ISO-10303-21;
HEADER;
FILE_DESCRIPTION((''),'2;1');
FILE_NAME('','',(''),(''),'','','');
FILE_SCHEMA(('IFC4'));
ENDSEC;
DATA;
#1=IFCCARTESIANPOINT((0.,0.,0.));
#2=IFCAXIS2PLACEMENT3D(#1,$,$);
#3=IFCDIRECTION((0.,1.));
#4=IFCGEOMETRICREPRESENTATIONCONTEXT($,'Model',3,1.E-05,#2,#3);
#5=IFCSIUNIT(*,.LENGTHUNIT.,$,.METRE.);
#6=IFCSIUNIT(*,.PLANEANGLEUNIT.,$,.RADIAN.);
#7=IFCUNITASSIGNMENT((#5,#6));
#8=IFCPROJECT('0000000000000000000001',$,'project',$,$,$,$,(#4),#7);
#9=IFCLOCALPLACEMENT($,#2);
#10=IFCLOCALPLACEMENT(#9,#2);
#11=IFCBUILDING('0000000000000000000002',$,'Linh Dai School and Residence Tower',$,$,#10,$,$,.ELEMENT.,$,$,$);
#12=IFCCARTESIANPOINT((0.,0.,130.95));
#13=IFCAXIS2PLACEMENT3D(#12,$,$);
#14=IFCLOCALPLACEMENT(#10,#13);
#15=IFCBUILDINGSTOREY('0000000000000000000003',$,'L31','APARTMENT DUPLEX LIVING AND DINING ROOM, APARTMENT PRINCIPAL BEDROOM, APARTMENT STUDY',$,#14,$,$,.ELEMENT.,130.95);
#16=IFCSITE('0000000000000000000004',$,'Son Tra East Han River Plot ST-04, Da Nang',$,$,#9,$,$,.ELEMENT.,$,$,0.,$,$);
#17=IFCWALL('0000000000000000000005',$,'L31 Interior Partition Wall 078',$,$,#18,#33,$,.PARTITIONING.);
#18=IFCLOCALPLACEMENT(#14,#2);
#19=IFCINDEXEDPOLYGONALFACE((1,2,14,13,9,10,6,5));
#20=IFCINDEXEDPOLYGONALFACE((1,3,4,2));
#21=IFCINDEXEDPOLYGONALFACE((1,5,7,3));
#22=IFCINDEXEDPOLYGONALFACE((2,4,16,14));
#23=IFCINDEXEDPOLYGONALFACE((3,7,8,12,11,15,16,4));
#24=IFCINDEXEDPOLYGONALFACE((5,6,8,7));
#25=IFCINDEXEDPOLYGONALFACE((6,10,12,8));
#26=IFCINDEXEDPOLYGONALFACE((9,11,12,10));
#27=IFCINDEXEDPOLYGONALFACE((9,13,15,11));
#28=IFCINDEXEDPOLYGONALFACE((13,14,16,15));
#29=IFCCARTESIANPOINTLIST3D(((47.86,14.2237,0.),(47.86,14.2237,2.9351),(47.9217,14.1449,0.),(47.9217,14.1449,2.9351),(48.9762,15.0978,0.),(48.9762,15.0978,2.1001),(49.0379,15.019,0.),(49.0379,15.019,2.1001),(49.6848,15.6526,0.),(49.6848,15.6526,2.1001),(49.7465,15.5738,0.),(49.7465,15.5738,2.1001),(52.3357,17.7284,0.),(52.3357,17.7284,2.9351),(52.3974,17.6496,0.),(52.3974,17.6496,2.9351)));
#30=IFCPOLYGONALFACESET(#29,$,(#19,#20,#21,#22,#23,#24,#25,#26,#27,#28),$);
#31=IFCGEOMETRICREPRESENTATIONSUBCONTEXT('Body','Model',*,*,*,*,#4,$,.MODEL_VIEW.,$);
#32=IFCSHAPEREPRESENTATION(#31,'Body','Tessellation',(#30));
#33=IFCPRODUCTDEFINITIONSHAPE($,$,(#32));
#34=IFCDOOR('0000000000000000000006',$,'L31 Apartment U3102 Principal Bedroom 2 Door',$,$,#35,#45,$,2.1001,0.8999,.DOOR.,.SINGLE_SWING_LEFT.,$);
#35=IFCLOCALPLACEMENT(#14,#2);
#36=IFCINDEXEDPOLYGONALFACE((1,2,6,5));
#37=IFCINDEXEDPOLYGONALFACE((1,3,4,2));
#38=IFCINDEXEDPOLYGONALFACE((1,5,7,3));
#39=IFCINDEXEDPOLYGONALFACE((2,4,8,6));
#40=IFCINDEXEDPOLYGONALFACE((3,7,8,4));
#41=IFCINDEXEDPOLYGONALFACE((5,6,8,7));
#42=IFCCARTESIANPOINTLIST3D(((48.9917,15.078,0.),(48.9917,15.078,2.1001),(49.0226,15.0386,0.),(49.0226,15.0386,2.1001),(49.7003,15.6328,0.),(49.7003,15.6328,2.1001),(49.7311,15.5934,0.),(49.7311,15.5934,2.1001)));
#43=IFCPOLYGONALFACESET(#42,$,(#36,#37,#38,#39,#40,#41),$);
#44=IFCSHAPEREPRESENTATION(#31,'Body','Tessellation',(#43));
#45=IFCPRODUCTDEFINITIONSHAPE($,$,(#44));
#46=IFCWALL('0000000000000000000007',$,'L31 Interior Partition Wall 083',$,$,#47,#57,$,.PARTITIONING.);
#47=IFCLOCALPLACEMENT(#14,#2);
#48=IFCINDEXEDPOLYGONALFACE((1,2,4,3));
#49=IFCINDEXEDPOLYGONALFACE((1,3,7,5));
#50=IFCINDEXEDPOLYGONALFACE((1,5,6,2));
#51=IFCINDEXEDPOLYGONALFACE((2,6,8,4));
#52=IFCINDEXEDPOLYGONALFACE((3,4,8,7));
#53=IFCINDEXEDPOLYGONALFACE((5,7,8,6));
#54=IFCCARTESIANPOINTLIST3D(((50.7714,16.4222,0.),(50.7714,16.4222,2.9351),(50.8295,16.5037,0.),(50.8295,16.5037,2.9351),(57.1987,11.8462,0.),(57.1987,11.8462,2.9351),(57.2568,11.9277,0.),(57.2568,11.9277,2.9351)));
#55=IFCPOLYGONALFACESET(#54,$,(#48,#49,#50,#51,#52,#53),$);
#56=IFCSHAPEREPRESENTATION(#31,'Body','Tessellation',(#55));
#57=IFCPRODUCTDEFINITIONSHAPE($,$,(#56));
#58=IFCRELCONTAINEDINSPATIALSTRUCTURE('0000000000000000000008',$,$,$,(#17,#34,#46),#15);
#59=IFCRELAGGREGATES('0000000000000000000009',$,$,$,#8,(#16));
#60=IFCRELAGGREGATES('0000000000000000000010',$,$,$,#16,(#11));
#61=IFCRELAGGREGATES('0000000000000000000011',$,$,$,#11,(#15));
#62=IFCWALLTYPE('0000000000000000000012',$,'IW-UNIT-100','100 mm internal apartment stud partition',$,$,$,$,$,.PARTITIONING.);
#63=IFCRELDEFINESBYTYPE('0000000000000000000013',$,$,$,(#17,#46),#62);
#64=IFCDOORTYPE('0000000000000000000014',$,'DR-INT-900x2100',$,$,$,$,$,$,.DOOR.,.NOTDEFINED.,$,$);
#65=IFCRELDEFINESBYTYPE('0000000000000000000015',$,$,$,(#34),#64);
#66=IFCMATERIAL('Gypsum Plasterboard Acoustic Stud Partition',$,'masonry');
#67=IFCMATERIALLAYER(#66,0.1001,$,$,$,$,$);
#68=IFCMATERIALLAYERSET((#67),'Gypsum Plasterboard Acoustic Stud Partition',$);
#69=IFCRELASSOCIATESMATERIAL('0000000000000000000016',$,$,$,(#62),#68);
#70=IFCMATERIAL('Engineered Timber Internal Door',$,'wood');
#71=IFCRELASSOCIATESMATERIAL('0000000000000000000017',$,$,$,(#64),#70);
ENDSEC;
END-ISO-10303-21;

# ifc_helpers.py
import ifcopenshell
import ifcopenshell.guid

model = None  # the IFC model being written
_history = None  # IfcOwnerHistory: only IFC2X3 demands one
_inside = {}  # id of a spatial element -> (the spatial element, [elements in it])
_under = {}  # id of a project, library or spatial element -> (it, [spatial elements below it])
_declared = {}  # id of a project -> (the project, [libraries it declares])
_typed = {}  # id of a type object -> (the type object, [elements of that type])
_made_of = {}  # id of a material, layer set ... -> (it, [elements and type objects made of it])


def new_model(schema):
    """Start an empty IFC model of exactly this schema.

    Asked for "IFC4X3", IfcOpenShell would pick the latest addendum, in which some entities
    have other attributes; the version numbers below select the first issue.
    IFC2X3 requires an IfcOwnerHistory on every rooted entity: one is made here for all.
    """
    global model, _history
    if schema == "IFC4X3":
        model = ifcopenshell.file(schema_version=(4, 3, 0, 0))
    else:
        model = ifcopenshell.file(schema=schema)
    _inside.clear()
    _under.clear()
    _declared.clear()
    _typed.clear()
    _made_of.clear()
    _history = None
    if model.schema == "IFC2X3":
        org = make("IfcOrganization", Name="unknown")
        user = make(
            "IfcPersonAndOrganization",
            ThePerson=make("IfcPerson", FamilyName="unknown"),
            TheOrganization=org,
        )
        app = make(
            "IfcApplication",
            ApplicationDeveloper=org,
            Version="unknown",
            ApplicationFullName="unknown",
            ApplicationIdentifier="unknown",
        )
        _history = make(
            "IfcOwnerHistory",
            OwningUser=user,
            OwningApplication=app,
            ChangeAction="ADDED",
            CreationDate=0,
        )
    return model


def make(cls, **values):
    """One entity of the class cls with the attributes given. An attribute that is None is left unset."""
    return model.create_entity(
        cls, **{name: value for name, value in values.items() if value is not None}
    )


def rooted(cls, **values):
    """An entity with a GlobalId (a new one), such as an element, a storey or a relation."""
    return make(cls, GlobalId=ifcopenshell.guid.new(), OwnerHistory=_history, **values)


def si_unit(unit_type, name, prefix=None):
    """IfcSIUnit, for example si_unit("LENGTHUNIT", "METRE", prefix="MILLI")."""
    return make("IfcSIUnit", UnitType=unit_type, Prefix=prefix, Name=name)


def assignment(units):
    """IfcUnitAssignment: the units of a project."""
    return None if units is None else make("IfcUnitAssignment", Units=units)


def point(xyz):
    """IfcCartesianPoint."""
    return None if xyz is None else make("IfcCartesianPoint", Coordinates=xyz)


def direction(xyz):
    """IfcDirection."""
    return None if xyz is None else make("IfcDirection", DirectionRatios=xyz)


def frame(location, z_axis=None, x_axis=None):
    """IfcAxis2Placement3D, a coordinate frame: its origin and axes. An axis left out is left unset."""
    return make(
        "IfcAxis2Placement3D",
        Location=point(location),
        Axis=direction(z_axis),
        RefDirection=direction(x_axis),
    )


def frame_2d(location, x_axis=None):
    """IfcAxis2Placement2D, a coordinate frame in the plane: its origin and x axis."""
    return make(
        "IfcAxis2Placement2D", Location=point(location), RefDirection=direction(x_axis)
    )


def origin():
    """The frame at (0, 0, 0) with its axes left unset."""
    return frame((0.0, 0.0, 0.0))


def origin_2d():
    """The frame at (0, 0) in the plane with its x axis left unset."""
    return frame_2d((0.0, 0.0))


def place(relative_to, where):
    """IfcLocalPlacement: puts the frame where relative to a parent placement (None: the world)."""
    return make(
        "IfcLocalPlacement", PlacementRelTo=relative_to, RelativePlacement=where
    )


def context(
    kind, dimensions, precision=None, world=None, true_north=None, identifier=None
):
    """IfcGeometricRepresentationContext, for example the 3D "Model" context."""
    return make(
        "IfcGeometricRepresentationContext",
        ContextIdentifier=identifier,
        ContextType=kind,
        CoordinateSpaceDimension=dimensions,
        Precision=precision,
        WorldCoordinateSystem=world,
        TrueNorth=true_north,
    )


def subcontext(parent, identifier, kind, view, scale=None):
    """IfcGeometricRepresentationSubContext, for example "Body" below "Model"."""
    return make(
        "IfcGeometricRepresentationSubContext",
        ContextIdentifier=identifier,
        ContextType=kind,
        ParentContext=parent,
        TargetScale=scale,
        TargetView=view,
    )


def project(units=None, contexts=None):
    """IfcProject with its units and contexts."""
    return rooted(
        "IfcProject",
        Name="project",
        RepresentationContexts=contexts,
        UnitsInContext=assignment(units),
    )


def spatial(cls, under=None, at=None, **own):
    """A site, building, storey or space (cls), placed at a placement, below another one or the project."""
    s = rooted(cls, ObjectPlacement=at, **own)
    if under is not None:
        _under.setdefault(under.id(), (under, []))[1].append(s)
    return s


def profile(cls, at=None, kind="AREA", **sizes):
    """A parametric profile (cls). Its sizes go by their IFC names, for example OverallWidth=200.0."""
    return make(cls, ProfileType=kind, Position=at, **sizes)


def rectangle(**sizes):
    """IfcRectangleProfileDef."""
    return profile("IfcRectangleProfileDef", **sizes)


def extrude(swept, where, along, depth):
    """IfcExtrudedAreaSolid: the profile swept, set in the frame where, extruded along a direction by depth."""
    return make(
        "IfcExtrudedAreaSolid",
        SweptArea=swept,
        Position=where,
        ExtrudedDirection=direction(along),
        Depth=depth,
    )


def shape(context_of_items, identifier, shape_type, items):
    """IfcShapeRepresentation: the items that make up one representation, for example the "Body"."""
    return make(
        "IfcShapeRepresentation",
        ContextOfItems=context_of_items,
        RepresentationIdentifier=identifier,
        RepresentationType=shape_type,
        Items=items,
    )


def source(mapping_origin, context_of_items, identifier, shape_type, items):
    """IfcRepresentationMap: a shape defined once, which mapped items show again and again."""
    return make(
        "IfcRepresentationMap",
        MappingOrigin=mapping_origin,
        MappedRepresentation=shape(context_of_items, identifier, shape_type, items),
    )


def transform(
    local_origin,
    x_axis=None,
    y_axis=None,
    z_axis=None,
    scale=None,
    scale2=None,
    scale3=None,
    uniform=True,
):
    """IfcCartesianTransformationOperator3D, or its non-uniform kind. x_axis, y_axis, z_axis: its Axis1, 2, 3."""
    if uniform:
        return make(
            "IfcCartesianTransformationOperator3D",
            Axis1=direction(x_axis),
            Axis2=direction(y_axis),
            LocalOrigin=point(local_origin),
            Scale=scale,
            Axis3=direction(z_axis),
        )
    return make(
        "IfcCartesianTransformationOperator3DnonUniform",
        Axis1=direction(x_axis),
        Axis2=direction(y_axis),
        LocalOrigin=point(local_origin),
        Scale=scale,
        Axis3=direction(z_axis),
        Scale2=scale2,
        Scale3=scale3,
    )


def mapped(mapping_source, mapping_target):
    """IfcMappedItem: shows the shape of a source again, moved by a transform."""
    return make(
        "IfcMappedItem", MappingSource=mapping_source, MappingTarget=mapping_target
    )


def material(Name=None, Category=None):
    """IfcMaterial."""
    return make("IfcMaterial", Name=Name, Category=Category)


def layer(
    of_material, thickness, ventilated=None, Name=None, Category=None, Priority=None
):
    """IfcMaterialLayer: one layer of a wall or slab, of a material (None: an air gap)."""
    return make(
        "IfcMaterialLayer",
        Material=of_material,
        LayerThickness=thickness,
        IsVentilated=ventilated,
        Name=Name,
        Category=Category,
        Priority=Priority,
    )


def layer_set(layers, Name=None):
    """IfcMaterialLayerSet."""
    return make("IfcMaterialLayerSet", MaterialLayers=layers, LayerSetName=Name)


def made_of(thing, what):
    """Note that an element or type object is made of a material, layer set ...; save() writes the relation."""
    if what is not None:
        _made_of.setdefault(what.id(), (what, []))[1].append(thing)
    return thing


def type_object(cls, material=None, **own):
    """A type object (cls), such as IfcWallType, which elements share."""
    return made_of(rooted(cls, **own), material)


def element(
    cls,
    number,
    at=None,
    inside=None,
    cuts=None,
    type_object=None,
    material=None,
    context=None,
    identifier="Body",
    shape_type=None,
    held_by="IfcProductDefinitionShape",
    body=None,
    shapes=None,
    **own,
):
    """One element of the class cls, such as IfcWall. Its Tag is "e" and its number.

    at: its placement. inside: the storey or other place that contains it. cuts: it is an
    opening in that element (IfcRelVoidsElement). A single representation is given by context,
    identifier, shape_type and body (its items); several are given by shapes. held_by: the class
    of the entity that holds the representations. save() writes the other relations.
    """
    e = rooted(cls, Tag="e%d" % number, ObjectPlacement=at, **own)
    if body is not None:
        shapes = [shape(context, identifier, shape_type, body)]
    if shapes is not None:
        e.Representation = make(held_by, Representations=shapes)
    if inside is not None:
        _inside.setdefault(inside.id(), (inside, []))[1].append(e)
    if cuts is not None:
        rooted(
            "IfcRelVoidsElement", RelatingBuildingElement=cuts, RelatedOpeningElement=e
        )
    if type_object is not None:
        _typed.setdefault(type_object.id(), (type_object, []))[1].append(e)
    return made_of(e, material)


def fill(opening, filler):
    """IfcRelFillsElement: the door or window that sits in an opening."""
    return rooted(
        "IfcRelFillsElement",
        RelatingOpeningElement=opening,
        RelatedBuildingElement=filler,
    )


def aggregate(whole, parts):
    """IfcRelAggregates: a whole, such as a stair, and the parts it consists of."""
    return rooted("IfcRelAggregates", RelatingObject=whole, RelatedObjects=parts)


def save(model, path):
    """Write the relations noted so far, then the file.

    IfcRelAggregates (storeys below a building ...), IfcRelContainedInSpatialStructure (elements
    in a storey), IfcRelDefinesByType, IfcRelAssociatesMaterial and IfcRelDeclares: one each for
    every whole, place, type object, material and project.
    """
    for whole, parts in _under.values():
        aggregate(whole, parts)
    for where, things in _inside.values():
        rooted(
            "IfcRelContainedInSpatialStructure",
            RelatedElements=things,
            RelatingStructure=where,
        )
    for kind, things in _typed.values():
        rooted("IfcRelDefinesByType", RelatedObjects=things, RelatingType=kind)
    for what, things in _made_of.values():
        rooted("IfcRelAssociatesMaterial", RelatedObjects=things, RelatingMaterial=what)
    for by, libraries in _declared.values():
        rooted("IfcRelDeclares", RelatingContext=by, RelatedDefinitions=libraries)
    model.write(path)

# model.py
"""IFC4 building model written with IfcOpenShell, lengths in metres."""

from ifc_helpers import new_model, si_unit, direction, frame, frame_2d, origin, origin_2d, place, context, subcontext, project, spatial, rectangle, extrude, source, transform, mapped, material, layer, layer_set, type_object, element, fill, save


model = new_model("IFC4")

# Units and contexts
model_context = context("Model", 3, precision=1e-05, world=origin(), true_north=direction((0.0, 1.0)))
body_context = subcontext(model_context, "Body", "Model", "MODEL_VIEW")
ifc_project = project(units=[si_unit("LENGTHUNIT", "METRE"), si_unit("PLANEANGLEUNIT", "RADIAN")], contexts=[model_context])

# Site, building, storey
site_placement = place(None, origin())
site = spatial("IfcSite", under=ifc_project, at=site_placement, Name="Son Tra East Han River Plot ST-04, Da Nang", CompositionType="ELEMENT", RefElevation=0.0)
building_placement = place(site_placement, origin())
building = spatial("IfcBuilding", under=site, at=building_placement, Name="Linh Dai School and Residence Tower", CompositionType="ELEMENT")
storey_placement = place(building_placement, frame((0.0, 0.0, 130.95)))
storey = spatial("IfcBuildingStorey", under=building, at=storey_placement, Name="L31", Description="APARTMENT DUPLEX LIVING AND DINING ROOM, APARTMENT PRINCIPAL BEDROOM, APARTMENT STUDY", CompositionType="ELEMENT", Elevation=130.95)

# Shared definitions
ifc_material_1 = material(Name="Gypsum Plasterboard Acoustic Stud Partition", Category="masonry")
ifc_layer_1 = layer(ifc_material_1, 0.1001)
ifc_layer_set_1 = layer_set([ifc_layer_1], Name="Gypsum Plasterboard Acoustic Stud Partition")
wall_type_1 = type_object("IfcWallType", Name="IW-UNIT-100", Description="100 mm internal apartment stud partition", PredefinedType="PARTITIONING", material=ifc_layer_set_1)

# Wall, opening, door
wall_1_placement = place(storey_placement, frame((47.8909, 14.1843, 0.0), z_axis=(0.0, 0.0, 1.0), x_axis=(0.787334, 0.616527, 0.0)))
wall_1 = element("IfcWall", 1, at=wall_1_placement, inside=storey, type_object=wall_type_1, Name="L31 Interior Partition Wall 078", PredefinedType="PARTITIONING", context=body_context, shape_type="SweptSolid", body=[
    extrude(rectangle(XDim=5.6846, YDim=0.1001, at=frame_2d((2.8423, 0.0))), origin(), (0.0, 0.0, 1.0), 2.9351),
])
opening_1_placement = place(wall_1_placement, frame((1.4177, 0.0, 0.0)))
opening_1 = element("IfcOpeningElement", 2, at=opening_1_placement, cuts=wall_1, PredefinedType="OPENING", context=body_context, shape_type="SweptSolid", body=[
    extrude(rectangle(XDim=0.8999, YDim=2.1001, at=origin_2d()), frame((0.45, 0.0601, 1.05), z_axis=(0.0, -1.0, 0.0), x_axis=(1.0, 0.0, 0.0)), (0.0, 0.0, 1.0), 0.1201),
])
ifc_material_2 = material(Name="Engineered Timber Internal Door", Category="wood")
door_type_1 = type_object("IfcDoorType", Name="DR-INT-900x2100", OperationType="NOTDEFINED", PredefinedType="DOOR", material=ifc_material_2)
shared_shape_1 = source(origin(), body_context, "Body", "SweptSolid", [
    extrude(rectangle(XDim=0.8999, YDim=2.1001, at=origin_2d()), frame((0.45, 0.0249, 1.05), z_axis=(0.0, -1.0, 0.0), x_axis=(1.0, 0.0, 0.0)), (0.0, 0.0, 1.0), 0.05),
])
door_1_placement = place(opening_1_placement, origin())
door_1 = element("IfcDoor", 3, at=door_1_placement, inside=storey, type_object=door_type_1, Name="L31 Apartment U3102 Principal Bedroom 2 Door", OperationType="SINGLE_SWING_LEFT", OverallHeight=2.1001, OverallWidth=0.8999, PredefinedType="DOOR", context=body_context, shape_type="MappedRepresentation", body=[
    mapped(shared_shape_1, transform((0.0, 0.0, 0.0), x_axis=(1.0, 0.0, 0.0), y_axis=(0.0, 1.0, 0.0), z_axis=(0.0, 0.0, 1.0), scale=1.0)),
])
fill(opening_1, door_1)

# Wall
wall_2_placement = place(storey_placement, frame((50.8005, 16.4629, 0.0), z_axis=(0.0, 0.0, 1.0), x_axis=(0.814629, -0.579982, 0.0)))
element("IfcWall", 4, at=wall_2_placement, inside=storey, type_object=wall_type_1, Name="L31 Interior Partition Wall 083", PredefinedType="PARTITIONING", context=body_context, shape_type="SweptSolid", body=[
    extrude(rectangle(XDim=7.8899, YDim=0.1001, at=frame_2d((3.9448, 0.0))), origin(), (0.0, 0.0, 1.0), 2.9351),
])

save(model, "model.ifc")
